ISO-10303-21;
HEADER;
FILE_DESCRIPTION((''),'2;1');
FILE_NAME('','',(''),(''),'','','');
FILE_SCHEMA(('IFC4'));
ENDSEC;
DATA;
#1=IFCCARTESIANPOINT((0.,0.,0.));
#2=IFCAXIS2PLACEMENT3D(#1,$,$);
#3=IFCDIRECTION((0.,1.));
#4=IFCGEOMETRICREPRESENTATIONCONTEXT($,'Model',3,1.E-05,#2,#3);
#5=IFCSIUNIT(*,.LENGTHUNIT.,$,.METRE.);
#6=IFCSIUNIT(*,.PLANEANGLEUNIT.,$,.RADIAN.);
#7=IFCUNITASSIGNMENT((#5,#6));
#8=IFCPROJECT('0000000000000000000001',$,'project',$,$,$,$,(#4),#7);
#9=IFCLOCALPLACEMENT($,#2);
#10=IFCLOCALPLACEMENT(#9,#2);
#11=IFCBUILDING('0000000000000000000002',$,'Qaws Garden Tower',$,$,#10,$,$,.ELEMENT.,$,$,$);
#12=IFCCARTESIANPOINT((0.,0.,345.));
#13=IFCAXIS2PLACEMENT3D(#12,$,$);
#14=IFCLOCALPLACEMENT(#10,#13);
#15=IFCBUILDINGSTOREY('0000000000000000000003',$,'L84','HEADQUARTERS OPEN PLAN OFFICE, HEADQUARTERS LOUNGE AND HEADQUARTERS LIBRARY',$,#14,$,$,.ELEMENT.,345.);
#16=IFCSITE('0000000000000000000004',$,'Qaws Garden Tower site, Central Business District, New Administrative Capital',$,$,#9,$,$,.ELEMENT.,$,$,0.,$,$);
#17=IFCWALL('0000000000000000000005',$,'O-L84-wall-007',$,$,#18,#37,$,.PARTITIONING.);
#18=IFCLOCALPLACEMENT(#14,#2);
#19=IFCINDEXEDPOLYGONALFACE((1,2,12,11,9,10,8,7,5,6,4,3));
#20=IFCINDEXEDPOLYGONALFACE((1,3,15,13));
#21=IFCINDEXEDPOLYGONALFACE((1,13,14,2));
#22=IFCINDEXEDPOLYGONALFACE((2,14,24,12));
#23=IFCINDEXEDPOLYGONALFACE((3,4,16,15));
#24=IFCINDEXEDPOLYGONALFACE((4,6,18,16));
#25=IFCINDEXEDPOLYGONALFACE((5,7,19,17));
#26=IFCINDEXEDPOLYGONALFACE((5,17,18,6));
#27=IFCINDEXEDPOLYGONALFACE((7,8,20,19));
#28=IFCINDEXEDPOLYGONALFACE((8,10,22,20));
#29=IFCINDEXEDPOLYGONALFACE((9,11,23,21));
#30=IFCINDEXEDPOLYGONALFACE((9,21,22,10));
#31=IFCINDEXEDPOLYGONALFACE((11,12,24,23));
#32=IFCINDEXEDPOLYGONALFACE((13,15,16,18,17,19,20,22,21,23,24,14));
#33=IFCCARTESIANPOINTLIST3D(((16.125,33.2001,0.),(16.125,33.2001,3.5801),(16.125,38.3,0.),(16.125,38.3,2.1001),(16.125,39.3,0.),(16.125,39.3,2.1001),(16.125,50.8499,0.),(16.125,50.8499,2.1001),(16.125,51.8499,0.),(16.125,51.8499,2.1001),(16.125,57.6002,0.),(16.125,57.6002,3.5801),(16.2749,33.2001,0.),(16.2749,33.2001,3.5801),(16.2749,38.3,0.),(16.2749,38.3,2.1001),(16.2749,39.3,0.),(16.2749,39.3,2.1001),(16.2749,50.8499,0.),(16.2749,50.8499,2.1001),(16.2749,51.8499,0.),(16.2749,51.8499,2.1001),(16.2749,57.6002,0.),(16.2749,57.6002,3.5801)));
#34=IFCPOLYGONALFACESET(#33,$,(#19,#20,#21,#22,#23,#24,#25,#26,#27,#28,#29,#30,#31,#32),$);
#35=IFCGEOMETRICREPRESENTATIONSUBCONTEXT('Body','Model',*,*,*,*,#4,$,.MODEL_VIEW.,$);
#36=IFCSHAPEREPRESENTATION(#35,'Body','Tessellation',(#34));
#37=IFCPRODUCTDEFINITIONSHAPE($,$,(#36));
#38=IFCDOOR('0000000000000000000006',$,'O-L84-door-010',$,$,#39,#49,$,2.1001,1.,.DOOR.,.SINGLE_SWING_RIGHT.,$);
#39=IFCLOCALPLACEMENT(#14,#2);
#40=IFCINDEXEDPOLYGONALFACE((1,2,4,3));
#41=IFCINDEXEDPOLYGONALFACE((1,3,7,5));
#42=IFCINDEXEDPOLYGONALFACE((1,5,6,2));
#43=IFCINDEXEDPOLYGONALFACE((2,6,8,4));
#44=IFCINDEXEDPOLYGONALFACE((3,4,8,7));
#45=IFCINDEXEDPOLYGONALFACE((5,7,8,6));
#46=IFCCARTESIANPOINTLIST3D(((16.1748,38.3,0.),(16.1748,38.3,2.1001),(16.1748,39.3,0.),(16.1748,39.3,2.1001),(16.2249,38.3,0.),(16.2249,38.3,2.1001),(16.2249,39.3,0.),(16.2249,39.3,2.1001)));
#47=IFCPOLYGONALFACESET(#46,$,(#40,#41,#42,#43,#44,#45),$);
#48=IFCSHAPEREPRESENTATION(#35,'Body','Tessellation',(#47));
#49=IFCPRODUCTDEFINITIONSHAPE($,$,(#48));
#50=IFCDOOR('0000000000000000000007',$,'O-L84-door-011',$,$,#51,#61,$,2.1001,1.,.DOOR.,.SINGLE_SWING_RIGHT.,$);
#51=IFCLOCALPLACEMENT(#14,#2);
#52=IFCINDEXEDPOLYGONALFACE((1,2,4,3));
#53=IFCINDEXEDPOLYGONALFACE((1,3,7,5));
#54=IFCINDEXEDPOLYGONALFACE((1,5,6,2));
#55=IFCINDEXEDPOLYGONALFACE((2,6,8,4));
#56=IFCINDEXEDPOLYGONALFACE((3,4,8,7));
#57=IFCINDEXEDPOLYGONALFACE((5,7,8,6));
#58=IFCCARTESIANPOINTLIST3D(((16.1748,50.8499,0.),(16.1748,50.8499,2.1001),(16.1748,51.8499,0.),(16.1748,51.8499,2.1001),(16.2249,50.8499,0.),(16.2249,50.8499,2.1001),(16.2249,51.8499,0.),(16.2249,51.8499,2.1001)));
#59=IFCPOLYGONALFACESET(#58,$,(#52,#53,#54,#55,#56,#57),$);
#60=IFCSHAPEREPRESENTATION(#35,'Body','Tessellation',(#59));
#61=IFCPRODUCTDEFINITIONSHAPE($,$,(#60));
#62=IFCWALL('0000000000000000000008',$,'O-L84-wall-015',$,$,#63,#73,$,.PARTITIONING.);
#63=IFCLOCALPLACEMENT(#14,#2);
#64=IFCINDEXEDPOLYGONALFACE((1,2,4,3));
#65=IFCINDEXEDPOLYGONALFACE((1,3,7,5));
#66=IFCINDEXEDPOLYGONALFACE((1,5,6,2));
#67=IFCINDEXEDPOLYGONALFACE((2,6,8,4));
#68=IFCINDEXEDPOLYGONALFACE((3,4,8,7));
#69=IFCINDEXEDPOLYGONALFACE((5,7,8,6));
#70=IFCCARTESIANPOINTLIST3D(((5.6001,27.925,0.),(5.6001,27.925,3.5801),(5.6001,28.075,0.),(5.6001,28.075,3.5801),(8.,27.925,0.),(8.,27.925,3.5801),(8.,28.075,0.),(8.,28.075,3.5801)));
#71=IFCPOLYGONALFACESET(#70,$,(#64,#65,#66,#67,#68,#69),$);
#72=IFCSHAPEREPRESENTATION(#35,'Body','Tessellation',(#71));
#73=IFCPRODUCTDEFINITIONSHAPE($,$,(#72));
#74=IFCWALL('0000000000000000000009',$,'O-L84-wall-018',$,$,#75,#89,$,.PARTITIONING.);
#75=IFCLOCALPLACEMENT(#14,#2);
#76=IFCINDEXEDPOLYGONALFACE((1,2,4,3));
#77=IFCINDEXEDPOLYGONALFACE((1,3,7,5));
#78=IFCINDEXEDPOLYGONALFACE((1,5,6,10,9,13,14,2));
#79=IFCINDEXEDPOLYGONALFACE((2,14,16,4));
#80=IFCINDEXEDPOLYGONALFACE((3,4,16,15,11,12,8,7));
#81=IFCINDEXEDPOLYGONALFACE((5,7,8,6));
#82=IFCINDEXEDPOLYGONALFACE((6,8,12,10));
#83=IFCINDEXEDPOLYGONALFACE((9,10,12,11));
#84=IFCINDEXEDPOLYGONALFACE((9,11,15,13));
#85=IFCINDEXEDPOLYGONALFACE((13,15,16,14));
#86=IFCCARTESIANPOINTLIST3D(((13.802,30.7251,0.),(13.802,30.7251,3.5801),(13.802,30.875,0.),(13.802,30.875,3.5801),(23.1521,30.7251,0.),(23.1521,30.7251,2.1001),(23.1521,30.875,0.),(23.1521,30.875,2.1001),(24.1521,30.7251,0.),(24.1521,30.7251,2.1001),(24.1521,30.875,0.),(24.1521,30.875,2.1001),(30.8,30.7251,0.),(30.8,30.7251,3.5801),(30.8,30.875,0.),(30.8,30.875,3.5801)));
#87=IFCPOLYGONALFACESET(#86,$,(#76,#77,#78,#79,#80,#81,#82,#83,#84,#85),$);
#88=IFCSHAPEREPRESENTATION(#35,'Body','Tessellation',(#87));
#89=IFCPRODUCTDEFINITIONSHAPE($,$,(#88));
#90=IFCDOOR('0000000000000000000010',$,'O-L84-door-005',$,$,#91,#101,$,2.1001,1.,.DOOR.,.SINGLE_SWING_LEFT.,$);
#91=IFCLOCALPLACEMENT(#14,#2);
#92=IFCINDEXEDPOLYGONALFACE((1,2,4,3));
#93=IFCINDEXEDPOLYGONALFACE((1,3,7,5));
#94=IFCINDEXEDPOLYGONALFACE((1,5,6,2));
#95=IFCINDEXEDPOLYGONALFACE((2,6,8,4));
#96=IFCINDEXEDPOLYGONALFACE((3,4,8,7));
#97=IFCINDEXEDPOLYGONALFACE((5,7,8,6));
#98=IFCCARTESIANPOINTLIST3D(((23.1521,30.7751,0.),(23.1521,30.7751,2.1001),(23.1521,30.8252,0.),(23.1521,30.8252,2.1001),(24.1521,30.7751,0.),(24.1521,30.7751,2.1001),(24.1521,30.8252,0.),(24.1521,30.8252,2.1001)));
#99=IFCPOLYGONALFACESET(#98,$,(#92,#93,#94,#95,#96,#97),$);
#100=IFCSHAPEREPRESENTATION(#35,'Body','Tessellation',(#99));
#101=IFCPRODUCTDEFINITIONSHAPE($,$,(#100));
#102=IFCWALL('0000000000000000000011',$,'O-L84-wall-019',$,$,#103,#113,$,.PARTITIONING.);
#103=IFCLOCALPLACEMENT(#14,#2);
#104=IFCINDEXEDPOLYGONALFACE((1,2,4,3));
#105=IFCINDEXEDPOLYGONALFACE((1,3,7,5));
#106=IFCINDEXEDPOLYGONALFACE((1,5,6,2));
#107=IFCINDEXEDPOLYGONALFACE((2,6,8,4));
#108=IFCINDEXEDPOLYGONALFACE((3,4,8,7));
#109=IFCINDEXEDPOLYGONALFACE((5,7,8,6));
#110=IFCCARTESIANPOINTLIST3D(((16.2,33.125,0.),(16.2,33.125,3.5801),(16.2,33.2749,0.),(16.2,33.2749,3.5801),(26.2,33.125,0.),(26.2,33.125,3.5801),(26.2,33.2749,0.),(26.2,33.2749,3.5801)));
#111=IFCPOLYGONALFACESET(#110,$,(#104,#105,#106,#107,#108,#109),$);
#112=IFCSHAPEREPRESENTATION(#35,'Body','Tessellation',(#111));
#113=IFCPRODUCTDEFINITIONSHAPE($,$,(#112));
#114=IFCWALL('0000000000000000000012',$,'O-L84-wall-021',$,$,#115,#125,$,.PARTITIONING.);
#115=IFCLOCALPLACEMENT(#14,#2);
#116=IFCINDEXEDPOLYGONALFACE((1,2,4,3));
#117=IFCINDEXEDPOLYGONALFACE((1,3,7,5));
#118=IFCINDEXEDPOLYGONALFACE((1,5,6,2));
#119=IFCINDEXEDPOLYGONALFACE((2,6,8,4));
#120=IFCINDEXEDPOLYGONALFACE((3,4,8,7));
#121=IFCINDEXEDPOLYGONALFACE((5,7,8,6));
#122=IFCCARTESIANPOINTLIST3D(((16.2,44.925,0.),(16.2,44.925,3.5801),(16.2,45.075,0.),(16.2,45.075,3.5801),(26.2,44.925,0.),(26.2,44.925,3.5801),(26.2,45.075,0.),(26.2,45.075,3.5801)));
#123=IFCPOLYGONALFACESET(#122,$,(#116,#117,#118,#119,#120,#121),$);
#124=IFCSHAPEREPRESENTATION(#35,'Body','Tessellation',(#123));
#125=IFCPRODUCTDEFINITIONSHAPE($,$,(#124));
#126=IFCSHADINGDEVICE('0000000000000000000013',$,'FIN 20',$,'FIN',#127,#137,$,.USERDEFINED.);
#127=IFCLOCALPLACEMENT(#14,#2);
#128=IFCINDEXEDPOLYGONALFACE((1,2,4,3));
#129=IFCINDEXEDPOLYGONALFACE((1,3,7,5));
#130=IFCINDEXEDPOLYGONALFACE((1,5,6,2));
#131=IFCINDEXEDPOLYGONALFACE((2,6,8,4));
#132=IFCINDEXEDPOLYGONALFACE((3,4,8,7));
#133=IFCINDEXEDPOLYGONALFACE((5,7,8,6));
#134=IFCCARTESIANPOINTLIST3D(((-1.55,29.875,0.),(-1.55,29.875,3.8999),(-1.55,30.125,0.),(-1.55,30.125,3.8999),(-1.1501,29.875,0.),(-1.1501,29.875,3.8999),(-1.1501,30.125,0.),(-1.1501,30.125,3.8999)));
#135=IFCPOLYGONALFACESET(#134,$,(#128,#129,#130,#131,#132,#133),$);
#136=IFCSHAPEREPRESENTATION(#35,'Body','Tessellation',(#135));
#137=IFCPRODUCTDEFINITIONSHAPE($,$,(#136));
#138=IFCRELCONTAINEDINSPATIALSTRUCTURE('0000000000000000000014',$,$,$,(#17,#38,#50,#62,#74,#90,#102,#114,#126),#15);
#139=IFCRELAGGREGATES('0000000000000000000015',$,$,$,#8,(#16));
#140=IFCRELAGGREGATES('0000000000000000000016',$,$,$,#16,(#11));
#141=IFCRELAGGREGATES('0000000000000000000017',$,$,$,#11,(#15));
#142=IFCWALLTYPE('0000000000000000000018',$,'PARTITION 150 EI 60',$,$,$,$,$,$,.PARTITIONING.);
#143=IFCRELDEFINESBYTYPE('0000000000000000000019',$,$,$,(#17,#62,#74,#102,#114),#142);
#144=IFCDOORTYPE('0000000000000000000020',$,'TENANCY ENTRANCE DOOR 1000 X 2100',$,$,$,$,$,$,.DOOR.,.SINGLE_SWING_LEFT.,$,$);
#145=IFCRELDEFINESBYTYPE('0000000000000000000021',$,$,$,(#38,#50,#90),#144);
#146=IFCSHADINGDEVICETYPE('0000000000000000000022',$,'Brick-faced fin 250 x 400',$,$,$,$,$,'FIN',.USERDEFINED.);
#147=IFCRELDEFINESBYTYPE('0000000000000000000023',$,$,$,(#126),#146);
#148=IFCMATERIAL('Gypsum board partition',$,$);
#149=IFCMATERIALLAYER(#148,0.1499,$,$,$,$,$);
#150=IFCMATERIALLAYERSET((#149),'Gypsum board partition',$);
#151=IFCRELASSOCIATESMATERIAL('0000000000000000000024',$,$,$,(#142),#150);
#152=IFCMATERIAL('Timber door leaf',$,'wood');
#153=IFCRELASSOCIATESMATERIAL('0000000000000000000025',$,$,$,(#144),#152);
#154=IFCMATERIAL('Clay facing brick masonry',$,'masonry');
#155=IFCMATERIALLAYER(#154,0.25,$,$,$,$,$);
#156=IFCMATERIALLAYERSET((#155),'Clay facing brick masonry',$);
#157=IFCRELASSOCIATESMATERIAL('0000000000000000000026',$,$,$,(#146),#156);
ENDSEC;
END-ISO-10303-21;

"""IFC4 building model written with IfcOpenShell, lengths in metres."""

from ifc_helpers import new_model, si_unit, direction, frame, frame_2d, origin, origin_2d, place, context, subcontext, project, spatial, rectangle, extrude, material, layer, layer_set, type_object, element, fill, save


model = new_model("IFC4")

# Units and contexts
model_context = context("Model", 3, precision=1e-05, world=origin(), true_north=direction((0.0, 1.0)))
body_context = subcontext(model_context, "Body", "Model", "MODEL_VIEW")
ifc_project = project(units=[si_unit("LENGTHUNIT", "METRE"), si_unit("PLANEANGLEUNIT", "RADIAN")], contexts=[model_context])

# Site, building, storey
site_placement = place(None, origin())
site = spatial("IfcSite", under=ifc_project, at=site_placement, Name="Qaws Garden Tower site, Central Business District, New Administrative Capital", CompositionType="ELEMENT", RefElevation=0.0)
building_placement = place(site_placement, origin())
building = spatial("IfcBuilding", under=site, at=building_placement, Name="Qaws Garden Tower", CompositionType="ELEMENT")
storey_placement = place(building_placement, frame((0.0, 0.0, 345.0)))
storey = spatial("IfcBuildingStorey", under=building, at=storey_placement, Name="L84", Description="HEADQUARTERS OPEN PLAN OFFICE, HEADQUARTERS LOUNGE AND HEADQUARTERS LIBRARY", CompositionType="ELEMENT", Elevation=345.0)

# Shared definitions
ifc_material_1 = material(Name="Gypsum board partition")
ifc_layer_1 = layer(ifc_material_1, 0.1499)
ifc_layer_set_1 = layer_set([ifc_layer_1], Name="Gypsum board partition")
wall_type_1 = type_object("IfcWallType", Name="PARTITION 150 EI 60", PredefinedType="PARTITIONING", material=ifc_layer_set_1)

# Wall, openings, doors
wall_1_placement = place(storey_placement, frame((16.2, 33.2, 0.0), z_axis=(0.0, 0.0, 1.0), x_axis=(0.0, 1.0, 0.0)))
wall_1 = element("IfcWall", 1, at=wall_1_placement, inside=storey, type_object=wall_type_1, Name="O-L84-wall-007", PredefinedType="PARTITIONING", context=body_context, shape_type="SweptSolid", body=[
    extrude(rectangle(XDim=24.4001, YDim=0.1499, at=frame_2d((12.2002, 0.0))), origin(), (0.0, 0.0, 1.0), 3.5801),
])
opening_1_placement = place(wall_1_placement, frame((5.1001, 0.0, 0.0)))
opening_1 = element("IfcOpeningElement", 2, at=opening_1_placement, cuts=wall_1, PredefinedType="OPENING", context=body_context, shape_type="SweptSolid", body=[
    extrude(rectangle(XDim=1.0, YDim=2.1001, at=frame_2d((0.5, 1.05))), frame((0.0, 0.085, 0.0), z_axis=(0.0, -1.0, 0.0), x_axis=(1.0, 0.0, 0.0)), (0.0, 0.0, 1.0), 0.1699),
])
opening_2_placement = place(wall_1_placement, frame((17.6499, 0.0, 0.0)))
opening_2 = element("IfcOpeningElement", 3, at=opening_2_placement, cuts=wall_1, PredefinedType="OPENING", context=body_context, shape_type="SweptSolid", body=[
    extrude(rectangle(XDim=1.0, YDim=2.1001, at=frame_2d((0.5, 1.05))), frame((0.0, 0.085, 0.0), z_axis=(0.0, -1.0, 0.0), x_axis=(1.0, 0.0, 0.0)), (0.0, 0.0, 1.0), 0.1699),
])
ifc_material_2 = material(Name="Timber door leaf", Category="wood")
door_type_1 = type_object("IfcDoorType", Name="TENANCY ENTRANCE DOOR 1000 X 2100", OperationType="SINGLE_SWING_LEFT", PredefinedType="DOOR", material=ifc_material_2)
door_1_placement = place(opening_1_placement, frame((1.0, 0.0, 0.0), z_axis=(0.0, 0.0, 1.0), x_axis=(-1.0, 0.0, 0.0)))
door_1 = element("IfcDoor", 4, at=door_1_placement, inside=storey, type_object=door_type_1, Name="O-L84-door-010", OperationType="SINGLE_SWING_RIGHT", OverallHeight=2.1001, OverallWidth=1.0, PredefinedType="DOOR", context=body_context, shape_type="SweptSolid", body=[
    extrude(rectangle(XDim=1.0, YDim=2.1001, at=frame_2d((0.5, 1.05))), frame((0.0, 0.0249, 0.0), z_axis=(0.0, -1.0, 0.0), x_axis=(1.0, 0.0, 0.0)), (0.0, 0.0, 1.0), 0.05),
])
fill(opening_1, door_1)
door_2_placement = place(opening_2_placement, frame((1.0, 0.0, 0.0), z_axis=(0.0, 0.0, 1.0), x_axis=(-1.0, 0.0, 0.0)))
door_2 = element("IfcDoor", 5, at=door_2_placement, inside=storey, type_object=door_type_1, Name="O-L84-door-011", OperationType="SINGLE_SWING_RIGHT", OverallHeight=2.1001, OverallWidth=1.0, PredefinedType="DOOR", context=body_context, shape_type="SweptSolid", body=[
    extrude(rectangle(XDim=1.0, YDim=2.1001, at=frame_2d((0.5, 1.05))), frame((0.0, 0.0249, 0.0), z_axis=(0.0, -1.0, 0.0), x_axis=(1.0, 0.0, 0.0)), (0.0, 0.0, 1.0), 0.05),
])
fill(opening_2, door_2)

# Wall
wall_2_placement = place(storey_placement, frame((5.6001, 28.0, 0.0), z_axis=(0.0, 0.0, 1.0), x_axis=(1.0, 0.0, 0.0)))
element("IfcWall", 6, at=wall_2_placement, inside=storey, type_object=wall_type_1, Name="O-L84-wall-015", PredefinedType="PARTITIONING", context=body_context, shape_type="SweptSolid", body=[
    extrude(rectangle(XDim=2.3999, YDim=0.1499, at=frame_2d((1.2, 0.0))), origin(), (0.0, 0.0, 1.0), 3.5801),
])

# Wall, opening, door
wall_3_placement = place(storey_placement, frame((13.802, 30.8, 0.0), z_axis=(0.0, 0.0, 1.0), x_axis=(1.0, 0.0, 0.0)))
wall_3 = element("IfcWall", 7, at=wall_3_placement, inside=storey, type_object=wall_type_1, Name="O-L84-wall-018", PredefinedType="PARTITIONING", context=body_context, shape_type="SweptSolid", body=[
    extrude(rectangle(XDim=16.998, YDim=0.1499, at=frame_2d((8.499, 0.0))), origin(), (0.0, 0.0, 1.0), 3.5801),
])
opening_3_placement = place(wall_3_placement, frame((9.3501, 0.0, 0.0)))
opening_3 = element("IfcOpeningElement", 8, at=opening_3_placement, cuts=wall_3, PredefinedType="OPENING", context=body_context, shape_type="SweptSolid", body=[
    extrude(rectangle(XDim=1.0, YDim=2.1001, at=frame_2d((0.5, 1.05))), frame((0.0, 0.085, 0.0), z_axis=(0.0, -1.0, 0.0), x_axis=(1.0, 0.0, 0.0)), (0.0, 0.0, 1.0), 0.1699),
])
door_3_placement = place(opening_3_placement, frame((1.0, 0.0, 0.0), z_axis=(0.0, 0.0, 1.0), x_axis=(-1.0, 0.0, 0.0)))
door_3 = element("IfcDoor", 9, at=door_3_placement, inside=storey, type_object=door_type_1, Name="O-L84-door-005", OperationType="SINGLE_SWING_LEFT", OverallHeight=2.1001, OverallWidth=1.0, PredefinedType="DOOR", context=body_context, shape_type="SweptSolid", body=[
    extrude(rectangle(XDim=1.0, YDim=2.1001, at=frame_2d((0.5, 1.05))), frame((0.0, 0.0249, 0.0), z_axis=(0.0, -1.0, 0.0), x_axis=(1.0, 0.0, 0.0)), (0.0, 0.0, 1.0), 0.05),
])
fill(opening_3, door_3)

# Walls
for number, where, z_axis, x_axis, name in (
    (10, (16.2, 33.2, 0.0), (0.0, 0.0, 1.0), (1.0, 0.0, 0.0), "O-L84-wall-019"),
    (11, (16.2, 45.0, 0.0), (0.0, 0.0, 1.0), (1.0, 0.0, 0.0), "O-L84-wall-021"),
):
    element("IfcWall", number, at=place(storey_placement, frame(where, z_axis=z_axis, x_axis=x_axis)), inside=storey, type_object=wall_type_1, Name=name, PredefinedType="PARTITIONING", context=body_context, shape_type="SweptSolid", body=[
        extrude(rectangle(XDim=10.0, YDim=0.1499, at=frame_2d((5.0, 0.0))), origin(), (0.0, 0.0, 1.0), 3.5801),
    ])

# Shading device
ifc_material_3 = material(Name="Clay facing brick masonry", Category="masonry")
ifc_layer_2 = layer(ifc_material_3, 0.25)
ifc_layer_set_2 = layer_set([ifc_layer_2], Name="Clay facing brick masonry")
shading_device_type = type_object("IfcShadingDeviceType", Name="Brick-faced fin 250 x 400", ElementType="FIN", PredefinedType="USERDEFINED", material=ifc_layer_set_2)
shading_device_placement = place(storey_placement, frame((-1.3501, 30.0, 0.0), z_axis=(0.0, 0.0, 1.0), x_axis=(0.0, -1.0, 0.0)))
element("IfcShadingDevice", 12, at=shading_device_placement, inside=storey, type_object=shading_device_type, Name="FIN 20", ObjectType="FIN", PredefinedType="USERDEFINED", context=body_context, shape_type="SweptSolid", body=[
    extrude(rectangle(XDim=0.25, YDim=0.3999, at=origin_2d()), origin(), (0.0, 0.0, 1.0), 3.8999),
])

save(model, "model.ifc")
